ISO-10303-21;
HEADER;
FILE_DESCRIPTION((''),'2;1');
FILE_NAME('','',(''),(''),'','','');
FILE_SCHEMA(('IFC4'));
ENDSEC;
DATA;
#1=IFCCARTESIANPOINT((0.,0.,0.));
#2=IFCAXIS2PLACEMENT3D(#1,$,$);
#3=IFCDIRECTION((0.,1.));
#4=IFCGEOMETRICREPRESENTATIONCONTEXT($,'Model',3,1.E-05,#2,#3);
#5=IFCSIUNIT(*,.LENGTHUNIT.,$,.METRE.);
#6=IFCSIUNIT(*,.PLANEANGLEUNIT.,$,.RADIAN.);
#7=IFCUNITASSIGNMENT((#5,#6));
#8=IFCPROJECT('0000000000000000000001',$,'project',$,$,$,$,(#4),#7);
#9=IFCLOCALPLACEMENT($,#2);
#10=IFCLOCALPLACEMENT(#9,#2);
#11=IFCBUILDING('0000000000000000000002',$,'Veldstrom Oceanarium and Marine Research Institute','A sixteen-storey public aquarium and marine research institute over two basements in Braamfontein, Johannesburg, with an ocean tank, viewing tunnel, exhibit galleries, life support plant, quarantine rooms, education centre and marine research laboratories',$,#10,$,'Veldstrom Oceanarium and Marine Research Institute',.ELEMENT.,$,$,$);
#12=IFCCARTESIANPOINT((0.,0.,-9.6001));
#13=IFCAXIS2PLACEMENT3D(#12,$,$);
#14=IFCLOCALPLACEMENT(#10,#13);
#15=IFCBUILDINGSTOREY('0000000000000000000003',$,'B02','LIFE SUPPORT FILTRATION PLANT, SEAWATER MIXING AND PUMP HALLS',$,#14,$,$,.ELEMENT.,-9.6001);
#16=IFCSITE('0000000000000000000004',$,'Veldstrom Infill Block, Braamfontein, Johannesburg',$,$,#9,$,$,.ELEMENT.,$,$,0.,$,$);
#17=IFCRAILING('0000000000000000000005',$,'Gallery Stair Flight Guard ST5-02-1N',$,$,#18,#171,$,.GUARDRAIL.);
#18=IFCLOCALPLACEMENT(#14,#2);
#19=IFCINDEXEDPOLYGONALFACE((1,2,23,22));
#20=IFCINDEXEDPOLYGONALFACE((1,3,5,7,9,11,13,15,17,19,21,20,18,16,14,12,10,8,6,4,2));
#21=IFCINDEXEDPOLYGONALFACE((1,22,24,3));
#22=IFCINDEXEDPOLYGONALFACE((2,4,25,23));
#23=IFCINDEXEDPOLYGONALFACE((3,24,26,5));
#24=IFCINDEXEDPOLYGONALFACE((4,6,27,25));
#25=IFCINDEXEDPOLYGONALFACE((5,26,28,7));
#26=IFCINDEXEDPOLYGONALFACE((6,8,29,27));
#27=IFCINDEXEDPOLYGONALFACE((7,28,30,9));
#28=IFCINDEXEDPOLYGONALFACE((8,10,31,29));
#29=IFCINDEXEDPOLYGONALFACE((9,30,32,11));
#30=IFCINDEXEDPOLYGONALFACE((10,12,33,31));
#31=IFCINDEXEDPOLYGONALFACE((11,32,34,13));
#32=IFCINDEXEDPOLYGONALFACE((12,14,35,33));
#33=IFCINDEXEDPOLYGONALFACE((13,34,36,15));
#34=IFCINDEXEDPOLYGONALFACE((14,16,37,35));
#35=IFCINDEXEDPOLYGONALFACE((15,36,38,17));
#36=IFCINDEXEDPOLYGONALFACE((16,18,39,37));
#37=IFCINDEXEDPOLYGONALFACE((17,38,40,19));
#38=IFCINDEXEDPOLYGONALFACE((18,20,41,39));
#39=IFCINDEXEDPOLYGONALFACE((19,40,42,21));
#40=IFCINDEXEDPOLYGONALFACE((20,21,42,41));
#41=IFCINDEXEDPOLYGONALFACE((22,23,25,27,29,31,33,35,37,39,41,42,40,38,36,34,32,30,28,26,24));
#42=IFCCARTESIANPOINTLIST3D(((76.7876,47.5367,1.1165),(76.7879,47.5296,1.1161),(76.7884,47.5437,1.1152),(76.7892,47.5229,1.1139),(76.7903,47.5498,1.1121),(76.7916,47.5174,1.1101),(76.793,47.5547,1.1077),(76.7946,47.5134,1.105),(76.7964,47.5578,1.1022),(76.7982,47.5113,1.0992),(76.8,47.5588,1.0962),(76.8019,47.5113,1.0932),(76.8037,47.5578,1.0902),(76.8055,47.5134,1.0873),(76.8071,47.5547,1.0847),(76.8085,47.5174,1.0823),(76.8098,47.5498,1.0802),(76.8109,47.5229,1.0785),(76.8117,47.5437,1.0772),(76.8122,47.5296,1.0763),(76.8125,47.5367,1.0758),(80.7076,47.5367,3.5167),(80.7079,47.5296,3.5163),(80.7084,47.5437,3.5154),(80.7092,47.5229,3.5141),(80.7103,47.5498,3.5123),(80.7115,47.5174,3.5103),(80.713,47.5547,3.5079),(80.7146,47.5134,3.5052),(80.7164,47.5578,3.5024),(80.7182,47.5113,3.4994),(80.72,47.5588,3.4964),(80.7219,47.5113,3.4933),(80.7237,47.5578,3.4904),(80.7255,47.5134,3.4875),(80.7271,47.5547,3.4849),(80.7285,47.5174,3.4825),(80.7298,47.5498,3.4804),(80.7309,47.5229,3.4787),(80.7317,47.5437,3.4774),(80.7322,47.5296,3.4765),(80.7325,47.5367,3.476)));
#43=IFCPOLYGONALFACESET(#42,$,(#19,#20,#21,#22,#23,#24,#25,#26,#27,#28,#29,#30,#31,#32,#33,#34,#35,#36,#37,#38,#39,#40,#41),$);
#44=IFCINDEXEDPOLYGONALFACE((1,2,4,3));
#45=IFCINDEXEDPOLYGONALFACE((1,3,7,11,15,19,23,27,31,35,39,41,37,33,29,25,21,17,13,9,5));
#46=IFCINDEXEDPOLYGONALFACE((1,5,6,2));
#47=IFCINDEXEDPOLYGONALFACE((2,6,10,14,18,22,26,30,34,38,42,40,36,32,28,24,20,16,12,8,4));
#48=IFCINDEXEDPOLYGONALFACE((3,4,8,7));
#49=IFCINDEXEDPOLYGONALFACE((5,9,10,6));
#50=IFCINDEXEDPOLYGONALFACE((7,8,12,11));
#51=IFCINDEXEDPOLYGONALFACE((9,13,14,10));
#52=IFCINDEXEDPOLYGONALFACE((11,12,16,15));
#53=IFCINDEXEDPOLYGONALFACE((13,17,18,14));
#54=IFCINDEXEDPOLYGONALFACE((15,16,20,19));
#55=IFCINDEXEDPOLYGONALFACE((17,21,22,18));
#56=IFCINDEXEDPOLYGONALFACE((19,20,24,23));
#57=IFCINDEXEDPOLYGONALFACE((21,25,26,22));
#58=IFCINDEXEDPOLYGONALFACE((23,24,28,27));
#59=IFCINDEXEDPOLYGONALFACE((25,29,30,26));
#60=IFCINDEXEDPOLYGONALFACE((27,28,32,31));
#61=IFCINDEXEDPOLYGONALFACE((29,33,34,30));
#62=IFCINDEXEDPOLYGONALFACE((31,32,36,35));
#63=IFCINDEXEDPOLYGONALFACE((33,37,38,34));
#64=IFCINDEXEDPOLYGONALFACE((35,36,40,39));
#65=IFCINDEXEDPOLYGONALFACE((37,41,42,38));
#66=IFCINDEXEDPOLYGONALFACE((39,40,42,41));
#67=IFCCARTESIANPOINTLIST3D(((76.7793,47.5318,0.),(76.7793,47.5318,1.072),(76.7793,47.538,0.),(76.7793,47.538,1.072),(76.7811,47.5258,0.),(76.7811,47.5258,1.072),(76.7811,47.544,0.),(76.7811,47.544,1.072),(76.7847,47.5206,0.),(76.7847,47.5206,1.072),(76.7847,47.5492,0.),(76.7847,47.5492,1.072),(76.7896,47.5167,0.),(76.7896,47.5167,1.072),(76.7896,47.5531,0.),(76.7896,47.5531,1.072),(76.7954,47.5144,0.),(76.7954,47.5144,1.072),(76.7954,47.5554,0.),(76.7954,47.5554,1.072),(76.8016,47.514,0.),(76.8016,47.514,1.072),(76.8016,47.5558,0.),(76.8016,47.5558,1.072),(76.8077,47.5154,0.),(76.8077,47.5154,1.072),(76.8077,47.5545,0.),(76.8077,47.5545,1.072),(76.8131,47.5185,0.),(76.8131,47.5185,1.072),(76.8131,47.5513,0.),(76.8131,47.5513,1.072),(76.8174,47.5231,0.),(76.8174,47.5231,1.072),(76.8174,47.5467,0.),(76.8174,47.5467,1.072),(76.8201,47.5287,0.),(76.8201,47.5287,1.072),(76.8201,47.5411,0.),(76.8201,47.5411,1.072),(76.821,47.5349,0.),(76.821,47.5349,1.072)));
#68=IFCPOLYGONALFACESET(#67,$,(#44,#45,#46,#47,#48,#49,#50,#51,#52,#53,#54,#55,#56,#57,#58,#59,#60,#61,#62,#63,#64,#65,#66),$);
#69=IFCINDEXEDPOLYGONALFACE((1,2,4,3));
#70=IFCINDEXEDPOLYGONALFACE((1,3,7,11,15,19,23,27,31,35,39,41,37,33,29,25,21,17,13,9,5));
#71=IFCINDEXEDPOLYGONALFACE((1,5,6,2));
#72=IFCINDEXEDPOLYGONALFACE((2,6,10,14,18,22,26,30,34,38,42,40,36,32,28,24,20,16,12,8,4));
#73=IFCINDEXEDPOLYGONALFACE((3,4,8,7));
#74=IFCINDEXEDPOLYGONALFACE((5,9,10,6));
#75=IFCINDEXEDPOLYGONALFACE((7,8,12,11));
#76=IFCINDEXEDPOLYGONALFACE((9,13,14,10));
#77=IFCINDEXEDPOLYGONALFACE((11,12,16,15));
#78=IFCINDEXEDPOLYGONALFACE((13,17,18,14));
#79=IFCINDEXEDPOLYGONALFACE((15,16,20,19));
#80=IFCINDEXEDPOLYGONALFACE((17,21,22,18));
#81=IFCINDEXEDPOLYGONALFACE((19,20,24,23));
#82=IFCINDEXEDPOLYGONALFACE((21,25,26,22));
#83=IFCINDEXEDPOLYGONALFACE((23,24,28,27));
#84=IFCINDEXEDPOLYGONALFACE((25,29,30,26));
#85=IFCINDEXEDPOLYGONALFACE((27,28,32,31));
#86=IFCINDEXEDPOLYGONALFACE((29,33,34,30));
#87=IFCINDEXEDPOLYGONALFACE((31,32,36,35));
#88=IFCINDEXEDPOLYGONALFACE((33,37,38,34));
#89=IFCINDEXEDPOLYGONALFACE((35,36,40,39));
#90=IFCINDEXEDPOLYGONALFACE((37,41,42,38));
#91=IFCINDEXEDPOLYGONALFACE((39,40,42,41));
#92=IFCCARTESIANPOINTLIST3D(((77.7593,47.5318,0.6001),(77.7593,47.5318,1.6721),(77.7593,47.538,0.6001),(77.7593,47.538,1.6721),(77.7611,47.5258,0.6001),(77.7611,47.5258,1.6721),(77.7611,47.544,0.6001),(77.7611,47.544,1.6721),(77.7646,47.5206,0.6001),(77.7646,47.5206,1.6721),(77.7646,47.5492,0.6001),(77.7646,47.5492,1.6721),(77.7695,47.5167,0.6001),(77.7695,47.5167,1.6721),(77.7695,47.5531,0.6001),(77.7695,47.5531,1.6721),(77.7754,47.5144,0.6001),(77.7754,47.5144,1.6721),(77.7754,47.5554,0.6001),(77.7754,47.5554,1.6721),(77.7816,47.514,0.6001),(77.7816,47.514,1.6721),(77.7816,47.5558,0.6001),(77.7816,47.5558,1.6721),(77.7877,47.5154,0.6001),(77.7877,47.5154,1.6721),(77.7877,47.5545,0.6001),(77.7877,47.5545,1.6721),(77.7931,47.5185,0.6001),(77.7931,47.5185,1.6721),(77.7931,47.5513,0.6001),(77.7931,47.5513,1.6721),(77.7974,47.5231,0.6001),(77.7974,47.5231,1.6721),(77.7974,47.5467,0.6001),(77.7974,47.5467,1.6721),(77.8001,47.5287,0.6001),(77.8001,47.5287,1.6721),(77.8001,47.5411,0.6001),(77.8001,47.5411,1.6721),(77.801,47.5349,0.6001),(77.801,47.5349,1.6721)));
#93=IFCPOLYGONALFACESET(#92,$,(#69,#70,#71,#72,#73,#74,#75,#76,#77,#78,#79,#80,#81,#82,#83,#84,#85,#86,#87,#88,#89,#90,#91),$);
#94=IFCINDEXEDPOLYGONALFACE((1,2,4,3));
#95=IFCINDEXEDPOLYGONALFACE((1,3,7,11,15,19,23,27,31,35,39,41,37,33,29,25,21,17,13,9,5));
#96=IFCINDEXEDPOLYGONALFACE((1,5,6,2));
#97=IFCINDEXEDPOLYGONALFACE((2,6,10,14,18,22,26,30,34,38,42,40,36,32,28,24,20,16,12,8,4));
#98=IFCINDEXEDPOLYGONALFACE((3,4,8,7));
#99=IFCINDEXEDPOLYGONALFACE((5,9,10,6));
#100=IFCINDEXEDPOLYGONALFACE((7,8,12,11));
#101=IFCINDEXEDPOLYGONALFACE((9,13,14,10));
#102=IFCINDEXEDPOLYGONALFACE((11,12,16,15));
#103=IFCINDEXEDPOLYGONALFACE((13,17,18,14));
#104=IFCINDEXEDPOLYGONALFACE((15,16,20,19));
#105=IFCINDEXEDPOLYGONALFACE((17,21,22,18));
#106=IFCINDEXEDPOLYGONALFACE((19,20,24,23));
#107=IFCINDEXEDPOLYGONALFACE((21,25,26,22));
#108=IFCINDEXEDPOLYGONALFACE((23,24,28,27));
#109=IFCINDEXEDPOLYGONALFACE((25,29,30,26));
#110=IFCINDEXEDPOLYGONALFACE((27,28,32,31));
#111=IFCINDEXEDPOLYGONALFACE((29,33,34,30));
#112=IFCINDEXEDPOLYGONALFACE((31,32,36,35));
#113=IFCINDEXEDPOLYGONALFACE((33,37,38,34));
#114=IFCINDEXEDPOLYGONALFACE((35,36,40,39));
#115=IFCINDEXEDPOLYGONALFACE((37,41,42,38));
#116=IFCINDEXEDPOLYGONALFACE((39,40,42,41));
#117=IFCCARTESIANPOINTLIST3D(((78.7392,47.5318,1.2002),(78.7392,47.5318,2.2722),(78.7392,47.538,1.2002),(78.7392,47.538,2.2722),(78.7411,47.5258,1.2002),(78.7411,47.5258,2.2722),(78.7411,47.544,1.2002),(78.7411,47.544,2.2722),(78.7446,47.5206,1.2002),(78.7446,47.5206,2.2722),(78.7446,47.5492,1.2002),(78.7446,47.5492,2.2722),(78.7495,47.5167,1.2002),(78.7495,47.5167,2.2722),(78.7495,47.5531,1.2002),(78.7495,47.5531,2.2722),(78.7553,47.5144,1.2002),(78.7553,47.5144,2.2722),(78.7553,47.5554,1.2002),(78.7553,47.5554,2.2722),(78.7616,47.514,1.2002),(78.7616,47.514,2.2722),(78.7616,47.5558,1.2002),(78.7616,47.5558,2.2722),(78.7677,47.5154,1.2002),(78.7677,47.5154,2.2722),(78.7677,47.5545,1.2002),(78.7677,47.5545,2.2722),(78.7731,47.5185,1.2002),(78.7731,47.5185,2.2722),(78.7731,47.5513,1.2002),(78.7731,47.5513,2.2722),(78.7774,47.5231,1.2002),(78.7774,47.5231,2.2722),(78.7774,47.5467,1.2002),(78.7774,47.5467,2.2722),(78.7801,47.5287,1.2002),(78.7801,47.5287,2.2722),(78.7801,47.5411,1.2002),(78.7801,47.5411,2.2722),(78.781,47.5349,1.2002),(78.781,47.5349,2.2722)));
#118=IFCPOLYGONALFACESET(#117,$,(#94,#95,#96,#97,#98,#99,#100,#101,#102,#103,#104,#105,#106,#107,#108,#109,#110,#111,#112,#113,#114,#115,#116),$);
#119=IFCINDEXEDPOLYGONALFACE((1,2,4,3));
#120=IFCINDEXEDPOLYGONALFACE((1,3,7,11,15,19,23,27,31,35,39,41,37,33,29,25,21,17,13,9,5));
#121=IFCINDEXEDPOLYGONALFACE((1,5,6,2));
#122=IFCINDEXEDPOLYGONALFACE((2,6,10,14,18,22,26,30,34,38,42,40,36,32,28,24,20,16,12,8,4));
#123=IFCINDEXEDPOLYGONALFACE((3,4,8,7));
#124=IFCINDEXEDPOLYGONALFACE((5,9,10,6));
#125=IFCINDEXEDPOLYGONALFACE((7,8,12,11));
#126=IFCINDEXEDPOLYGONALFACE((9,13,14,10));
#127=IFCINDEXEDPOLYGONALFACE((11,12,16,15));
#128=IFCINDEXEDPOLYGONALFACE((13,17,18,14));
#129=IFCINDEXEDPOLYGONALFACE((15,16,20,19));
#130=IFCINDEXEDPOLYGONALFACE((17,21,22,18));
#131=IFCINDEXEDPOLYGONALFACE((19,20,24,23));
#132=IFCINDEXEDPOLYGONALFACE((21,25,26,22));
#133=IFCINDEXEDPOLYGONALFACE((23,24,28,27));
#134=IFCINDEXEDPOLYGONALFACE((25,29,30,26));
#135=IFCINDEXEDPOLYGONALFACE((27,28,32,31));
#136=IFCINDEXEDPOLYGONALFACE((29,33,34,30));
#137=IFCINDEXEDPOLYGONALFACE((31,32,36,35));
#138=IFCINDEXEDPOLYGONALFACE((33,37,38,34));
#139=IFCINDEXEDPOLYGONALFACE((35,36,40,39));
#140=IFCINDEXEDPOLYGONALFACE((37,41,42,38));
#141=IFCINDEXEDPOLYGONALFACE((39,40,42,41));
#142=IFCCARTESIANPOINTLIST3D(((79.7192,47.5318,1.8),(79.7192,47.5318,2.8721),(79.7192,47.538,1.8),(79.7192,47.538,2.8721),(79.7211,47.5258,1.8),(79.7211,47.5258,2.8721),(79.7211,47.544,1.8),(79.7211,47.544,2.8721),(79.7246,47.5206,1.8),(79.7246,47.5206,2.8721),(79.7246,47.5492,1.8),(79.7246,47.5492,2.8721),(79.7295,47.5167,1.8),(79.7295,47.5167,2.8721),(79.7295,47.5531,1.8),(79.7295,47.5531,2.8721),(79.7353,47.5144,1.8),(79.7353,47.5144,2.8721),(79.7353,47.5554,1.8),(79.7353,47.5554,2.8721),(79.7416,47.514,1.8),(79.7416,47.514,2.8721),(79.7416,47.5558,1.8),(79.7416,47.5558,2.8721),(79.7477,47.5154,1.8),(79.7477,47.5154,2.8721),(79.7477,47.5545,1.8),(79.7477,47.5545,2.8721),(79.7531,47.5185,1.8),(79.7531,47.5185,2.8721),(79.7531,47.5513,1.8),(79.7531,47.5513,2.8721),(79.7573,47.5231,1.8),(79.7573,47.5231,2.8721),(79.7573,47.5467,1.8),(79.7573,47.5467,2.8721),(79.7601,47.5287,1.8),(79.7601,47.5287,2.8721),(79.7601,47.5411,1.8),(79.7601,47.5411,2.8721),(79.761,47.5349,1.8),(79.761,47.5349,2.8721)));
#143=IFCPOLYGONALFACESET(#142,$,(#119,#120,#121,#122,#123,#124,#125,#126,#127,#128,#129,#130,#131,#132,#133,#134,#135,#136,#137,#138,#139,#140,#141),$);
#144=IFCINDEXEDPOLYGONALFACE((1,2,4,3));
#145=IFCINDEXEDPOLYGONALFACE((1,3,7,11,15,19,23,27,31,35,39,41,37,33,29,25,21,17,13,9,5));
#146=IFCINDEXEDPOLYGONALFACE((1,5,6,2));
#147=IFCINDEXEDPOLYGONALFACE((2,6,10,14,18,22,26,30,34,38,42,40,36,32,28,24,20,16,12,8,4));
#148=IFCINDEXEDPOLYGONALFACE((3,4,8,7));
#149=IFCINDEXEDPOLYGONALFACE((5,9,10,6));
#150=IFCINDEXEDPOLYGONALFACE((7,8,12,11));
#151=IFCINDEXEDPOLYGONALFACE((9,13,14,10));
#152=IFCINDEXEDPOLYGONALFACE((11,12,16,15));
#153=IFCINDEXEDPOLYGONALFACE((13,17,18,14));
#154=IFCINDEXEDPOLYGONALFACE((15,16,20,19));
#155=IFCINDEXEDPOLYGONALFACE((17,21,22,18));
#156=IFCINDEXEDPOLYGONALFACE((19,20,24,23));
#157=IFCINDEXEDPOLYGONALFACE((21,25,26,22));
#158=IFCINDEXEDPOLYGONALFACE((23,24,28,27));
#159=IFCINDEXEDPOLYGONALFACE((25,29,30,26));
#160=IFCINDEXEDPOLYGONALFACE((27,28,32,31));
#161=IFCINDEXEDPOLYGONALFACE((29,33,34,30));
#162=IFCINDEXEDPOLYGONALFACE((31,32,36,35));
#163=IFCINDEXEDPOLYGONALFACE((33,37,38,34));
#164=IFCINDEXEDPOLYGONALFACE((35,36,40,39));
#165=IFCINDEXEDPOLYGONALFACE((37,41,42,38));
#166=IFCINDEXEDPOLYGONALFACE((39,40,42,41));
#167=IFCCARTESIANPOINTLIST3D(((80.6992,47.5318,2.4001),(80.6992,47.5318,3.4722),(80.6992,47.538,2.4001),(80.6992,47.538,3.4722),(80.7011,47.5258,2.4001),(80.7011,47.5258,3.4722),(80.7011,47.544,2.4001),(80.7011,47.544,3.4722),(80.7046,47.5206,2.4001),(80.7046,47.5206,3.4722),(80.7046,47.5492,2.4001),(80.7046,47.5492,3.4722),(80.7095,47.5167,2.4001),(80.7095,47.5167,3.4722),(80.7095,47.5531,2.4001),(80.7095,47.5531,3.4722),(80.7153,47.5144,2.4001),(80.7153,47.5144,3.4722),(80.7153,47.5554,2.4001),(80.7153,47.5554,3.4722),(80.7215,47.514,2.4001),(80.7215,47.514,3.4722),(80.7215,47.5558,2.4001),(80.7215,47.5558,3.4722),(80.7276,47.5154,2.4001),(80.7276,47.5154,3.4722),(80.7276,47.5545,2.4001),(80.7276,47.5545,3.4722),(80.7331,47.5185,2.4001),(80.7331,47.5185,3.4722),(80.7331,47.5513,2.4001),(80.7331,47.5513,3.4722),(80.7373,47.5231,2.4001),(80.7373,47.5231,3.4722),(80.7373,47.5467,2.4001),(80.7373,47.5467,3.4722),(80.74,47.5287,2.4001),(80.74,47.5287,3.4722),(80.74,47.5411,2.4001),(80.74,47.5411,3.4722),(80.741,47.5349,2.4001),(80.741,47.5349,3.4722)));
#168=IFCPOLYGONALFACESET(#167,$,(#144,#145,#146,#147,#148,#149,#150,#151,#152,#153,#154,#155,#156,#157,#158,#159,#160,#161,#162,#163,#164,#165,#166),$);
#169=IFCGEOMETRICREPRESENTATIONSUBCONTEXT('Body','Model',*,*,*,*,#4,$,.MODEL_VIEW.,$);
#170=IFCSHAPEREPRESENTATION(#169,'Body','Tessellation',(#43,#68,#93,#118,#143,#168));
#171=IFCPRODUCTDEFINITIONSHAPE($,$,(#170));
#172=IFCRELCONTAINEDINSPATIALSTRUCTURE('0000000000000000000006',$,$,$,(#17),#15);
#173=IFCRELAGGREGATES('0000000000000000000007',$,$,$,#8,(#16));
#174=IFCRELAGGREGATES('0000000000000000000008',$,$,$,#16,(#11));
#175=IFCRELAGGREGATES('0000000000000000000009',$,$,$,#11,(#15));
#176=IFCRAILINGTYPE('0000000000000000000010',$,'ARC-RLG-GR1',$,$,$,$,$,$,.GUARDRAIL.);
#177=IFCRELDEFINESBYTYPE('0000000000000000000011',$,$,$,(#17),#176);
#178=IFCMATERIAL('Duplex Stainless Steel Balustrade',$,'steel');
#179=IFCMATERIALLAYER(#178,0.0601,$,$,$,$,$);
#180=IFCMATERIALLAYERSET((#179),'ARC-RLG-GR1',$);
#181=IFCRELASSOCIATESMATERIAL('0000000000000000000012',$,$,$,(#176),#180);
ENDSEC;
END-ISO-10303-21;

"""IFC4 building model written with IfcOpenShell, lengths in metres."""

from ifc_helpers import new_model, si_unit, direction, frame, origin, origin_2d, place, context, subcontext, project, spatial, circle, extrude, material, layer, layer_set, type_object, element, save


model = new_model("IFC4")

# Units and contexts
model_context = context("Model", 3, precision=1e-05, world=origin(), true_north=direction((0.0, 1.0)))
body_context = subcontext(model_context, "Body", "Model", "MODEL_VIEW")
ifc_project = project(units=[si_unit("LENGTHUNIT", "METRE"), si_unit("PLANEANGLEUNIT", "RADIAN")], contexts=[model_context])

# Site, building, storey
site_placement = place(None, origin())
site = spatial("IfcSite", under=ifc_project, at=site_placement, Name="Veldstrom Infill Block, Braamfontein, Johannesburg", CompositionType="ELEMENT", RefElevation=0.0)
building_placement = place(site_placement, origin())
building = spatial("IfcBuilding", under=site, at=building_placement, Name="Veldstrom Oceanarium and Marine Research Institute", Description="A sixteen-storey public aquarium and marine research institute over two basements in Braamfontein, Johannesburg, with an ocean tank, viewing tunnel, exhibit galleries, life support plant, quarantine rooms, education centre and marine research laboratories", LongName="Veldstrom Oceanarium and Marine Research Institute", CompositionType="ELEMENT")
storey_placement = place(building_placement, frame((0.0, 0.0, -9.6001)))
storey = spatial("IfcBuildingStorey", under=building, at=storey_placement, Name="B02", Description="LIFE SUPPORT FILTRATION PLANT, SEAWATER MIXING AND PUMP HALLS", CompositionType="ELEMENT", Elevation=-9.6001)

# Railing
ifc_material_1 = material(Name="Duplex Stainless Steel Balustrade", Category="steel")
ifc_layer_1 = layer(ifc_material_1, 0.0601)
ifc_layer_set_1 = layer_set([ifc_layer_1], Name="ARC-RLG-GR1")
railing_type = type_object("IfcRailingType", Name="ARC-RLG-GR1", PredefinedType="GUARDRAIL", material=ifc_layer_set_1)
railing_1_placement = place(storey_placement, frame((76.8, 47.5349, 0.0)))
element("IfcRailing", 1, at=railing_1_placement, inside=storey, type_object=railing_type, Name="Gallery Stair Flight Guard ST5-02-1N", PredefinedType="GUARDRAIL", context=body_context, shape_type="SweptSolid", body=[
    extrude(circle(Radius=0.0239, at=origin_2d()), frame((0.0, 0.0, 1.0962), z_axis=(0.852832, 0.0, 0.522185), x_axis=(0.0, 1.0, 0.0)), (0.0, 0.0, 1.0), 4.5964),
    extrude(circle(Radius=0.021, at=origin_2d()), origin(), (0.0, 0.0, 1.0), 1.072),
    extrude(circle(Radius=0.021, at=origin_2d()), frame((0.98, 0.0, 0.6001)), (0.0, 0.0, 1.0), 1.072),
    extrude(circle(Radius=0.021, at=origin_2d()), frame((1.96, 0.0, 1.2002)), (0.0, 0.0, 1.0), 1.072),
    extrude(circle(Radius=0.021, at=origin_2d()), frame((2.9399, 0.0, 1.8)), (0.0, 0.0, 1.0), 1.072),
    extrude(circle(Radius=0.021, at=origin_2d()), frame((3.9199, 0.0, 2.4001)), (0.0, 0.0, 1.0), 1.072),
])

save(model, "model.ifc")
